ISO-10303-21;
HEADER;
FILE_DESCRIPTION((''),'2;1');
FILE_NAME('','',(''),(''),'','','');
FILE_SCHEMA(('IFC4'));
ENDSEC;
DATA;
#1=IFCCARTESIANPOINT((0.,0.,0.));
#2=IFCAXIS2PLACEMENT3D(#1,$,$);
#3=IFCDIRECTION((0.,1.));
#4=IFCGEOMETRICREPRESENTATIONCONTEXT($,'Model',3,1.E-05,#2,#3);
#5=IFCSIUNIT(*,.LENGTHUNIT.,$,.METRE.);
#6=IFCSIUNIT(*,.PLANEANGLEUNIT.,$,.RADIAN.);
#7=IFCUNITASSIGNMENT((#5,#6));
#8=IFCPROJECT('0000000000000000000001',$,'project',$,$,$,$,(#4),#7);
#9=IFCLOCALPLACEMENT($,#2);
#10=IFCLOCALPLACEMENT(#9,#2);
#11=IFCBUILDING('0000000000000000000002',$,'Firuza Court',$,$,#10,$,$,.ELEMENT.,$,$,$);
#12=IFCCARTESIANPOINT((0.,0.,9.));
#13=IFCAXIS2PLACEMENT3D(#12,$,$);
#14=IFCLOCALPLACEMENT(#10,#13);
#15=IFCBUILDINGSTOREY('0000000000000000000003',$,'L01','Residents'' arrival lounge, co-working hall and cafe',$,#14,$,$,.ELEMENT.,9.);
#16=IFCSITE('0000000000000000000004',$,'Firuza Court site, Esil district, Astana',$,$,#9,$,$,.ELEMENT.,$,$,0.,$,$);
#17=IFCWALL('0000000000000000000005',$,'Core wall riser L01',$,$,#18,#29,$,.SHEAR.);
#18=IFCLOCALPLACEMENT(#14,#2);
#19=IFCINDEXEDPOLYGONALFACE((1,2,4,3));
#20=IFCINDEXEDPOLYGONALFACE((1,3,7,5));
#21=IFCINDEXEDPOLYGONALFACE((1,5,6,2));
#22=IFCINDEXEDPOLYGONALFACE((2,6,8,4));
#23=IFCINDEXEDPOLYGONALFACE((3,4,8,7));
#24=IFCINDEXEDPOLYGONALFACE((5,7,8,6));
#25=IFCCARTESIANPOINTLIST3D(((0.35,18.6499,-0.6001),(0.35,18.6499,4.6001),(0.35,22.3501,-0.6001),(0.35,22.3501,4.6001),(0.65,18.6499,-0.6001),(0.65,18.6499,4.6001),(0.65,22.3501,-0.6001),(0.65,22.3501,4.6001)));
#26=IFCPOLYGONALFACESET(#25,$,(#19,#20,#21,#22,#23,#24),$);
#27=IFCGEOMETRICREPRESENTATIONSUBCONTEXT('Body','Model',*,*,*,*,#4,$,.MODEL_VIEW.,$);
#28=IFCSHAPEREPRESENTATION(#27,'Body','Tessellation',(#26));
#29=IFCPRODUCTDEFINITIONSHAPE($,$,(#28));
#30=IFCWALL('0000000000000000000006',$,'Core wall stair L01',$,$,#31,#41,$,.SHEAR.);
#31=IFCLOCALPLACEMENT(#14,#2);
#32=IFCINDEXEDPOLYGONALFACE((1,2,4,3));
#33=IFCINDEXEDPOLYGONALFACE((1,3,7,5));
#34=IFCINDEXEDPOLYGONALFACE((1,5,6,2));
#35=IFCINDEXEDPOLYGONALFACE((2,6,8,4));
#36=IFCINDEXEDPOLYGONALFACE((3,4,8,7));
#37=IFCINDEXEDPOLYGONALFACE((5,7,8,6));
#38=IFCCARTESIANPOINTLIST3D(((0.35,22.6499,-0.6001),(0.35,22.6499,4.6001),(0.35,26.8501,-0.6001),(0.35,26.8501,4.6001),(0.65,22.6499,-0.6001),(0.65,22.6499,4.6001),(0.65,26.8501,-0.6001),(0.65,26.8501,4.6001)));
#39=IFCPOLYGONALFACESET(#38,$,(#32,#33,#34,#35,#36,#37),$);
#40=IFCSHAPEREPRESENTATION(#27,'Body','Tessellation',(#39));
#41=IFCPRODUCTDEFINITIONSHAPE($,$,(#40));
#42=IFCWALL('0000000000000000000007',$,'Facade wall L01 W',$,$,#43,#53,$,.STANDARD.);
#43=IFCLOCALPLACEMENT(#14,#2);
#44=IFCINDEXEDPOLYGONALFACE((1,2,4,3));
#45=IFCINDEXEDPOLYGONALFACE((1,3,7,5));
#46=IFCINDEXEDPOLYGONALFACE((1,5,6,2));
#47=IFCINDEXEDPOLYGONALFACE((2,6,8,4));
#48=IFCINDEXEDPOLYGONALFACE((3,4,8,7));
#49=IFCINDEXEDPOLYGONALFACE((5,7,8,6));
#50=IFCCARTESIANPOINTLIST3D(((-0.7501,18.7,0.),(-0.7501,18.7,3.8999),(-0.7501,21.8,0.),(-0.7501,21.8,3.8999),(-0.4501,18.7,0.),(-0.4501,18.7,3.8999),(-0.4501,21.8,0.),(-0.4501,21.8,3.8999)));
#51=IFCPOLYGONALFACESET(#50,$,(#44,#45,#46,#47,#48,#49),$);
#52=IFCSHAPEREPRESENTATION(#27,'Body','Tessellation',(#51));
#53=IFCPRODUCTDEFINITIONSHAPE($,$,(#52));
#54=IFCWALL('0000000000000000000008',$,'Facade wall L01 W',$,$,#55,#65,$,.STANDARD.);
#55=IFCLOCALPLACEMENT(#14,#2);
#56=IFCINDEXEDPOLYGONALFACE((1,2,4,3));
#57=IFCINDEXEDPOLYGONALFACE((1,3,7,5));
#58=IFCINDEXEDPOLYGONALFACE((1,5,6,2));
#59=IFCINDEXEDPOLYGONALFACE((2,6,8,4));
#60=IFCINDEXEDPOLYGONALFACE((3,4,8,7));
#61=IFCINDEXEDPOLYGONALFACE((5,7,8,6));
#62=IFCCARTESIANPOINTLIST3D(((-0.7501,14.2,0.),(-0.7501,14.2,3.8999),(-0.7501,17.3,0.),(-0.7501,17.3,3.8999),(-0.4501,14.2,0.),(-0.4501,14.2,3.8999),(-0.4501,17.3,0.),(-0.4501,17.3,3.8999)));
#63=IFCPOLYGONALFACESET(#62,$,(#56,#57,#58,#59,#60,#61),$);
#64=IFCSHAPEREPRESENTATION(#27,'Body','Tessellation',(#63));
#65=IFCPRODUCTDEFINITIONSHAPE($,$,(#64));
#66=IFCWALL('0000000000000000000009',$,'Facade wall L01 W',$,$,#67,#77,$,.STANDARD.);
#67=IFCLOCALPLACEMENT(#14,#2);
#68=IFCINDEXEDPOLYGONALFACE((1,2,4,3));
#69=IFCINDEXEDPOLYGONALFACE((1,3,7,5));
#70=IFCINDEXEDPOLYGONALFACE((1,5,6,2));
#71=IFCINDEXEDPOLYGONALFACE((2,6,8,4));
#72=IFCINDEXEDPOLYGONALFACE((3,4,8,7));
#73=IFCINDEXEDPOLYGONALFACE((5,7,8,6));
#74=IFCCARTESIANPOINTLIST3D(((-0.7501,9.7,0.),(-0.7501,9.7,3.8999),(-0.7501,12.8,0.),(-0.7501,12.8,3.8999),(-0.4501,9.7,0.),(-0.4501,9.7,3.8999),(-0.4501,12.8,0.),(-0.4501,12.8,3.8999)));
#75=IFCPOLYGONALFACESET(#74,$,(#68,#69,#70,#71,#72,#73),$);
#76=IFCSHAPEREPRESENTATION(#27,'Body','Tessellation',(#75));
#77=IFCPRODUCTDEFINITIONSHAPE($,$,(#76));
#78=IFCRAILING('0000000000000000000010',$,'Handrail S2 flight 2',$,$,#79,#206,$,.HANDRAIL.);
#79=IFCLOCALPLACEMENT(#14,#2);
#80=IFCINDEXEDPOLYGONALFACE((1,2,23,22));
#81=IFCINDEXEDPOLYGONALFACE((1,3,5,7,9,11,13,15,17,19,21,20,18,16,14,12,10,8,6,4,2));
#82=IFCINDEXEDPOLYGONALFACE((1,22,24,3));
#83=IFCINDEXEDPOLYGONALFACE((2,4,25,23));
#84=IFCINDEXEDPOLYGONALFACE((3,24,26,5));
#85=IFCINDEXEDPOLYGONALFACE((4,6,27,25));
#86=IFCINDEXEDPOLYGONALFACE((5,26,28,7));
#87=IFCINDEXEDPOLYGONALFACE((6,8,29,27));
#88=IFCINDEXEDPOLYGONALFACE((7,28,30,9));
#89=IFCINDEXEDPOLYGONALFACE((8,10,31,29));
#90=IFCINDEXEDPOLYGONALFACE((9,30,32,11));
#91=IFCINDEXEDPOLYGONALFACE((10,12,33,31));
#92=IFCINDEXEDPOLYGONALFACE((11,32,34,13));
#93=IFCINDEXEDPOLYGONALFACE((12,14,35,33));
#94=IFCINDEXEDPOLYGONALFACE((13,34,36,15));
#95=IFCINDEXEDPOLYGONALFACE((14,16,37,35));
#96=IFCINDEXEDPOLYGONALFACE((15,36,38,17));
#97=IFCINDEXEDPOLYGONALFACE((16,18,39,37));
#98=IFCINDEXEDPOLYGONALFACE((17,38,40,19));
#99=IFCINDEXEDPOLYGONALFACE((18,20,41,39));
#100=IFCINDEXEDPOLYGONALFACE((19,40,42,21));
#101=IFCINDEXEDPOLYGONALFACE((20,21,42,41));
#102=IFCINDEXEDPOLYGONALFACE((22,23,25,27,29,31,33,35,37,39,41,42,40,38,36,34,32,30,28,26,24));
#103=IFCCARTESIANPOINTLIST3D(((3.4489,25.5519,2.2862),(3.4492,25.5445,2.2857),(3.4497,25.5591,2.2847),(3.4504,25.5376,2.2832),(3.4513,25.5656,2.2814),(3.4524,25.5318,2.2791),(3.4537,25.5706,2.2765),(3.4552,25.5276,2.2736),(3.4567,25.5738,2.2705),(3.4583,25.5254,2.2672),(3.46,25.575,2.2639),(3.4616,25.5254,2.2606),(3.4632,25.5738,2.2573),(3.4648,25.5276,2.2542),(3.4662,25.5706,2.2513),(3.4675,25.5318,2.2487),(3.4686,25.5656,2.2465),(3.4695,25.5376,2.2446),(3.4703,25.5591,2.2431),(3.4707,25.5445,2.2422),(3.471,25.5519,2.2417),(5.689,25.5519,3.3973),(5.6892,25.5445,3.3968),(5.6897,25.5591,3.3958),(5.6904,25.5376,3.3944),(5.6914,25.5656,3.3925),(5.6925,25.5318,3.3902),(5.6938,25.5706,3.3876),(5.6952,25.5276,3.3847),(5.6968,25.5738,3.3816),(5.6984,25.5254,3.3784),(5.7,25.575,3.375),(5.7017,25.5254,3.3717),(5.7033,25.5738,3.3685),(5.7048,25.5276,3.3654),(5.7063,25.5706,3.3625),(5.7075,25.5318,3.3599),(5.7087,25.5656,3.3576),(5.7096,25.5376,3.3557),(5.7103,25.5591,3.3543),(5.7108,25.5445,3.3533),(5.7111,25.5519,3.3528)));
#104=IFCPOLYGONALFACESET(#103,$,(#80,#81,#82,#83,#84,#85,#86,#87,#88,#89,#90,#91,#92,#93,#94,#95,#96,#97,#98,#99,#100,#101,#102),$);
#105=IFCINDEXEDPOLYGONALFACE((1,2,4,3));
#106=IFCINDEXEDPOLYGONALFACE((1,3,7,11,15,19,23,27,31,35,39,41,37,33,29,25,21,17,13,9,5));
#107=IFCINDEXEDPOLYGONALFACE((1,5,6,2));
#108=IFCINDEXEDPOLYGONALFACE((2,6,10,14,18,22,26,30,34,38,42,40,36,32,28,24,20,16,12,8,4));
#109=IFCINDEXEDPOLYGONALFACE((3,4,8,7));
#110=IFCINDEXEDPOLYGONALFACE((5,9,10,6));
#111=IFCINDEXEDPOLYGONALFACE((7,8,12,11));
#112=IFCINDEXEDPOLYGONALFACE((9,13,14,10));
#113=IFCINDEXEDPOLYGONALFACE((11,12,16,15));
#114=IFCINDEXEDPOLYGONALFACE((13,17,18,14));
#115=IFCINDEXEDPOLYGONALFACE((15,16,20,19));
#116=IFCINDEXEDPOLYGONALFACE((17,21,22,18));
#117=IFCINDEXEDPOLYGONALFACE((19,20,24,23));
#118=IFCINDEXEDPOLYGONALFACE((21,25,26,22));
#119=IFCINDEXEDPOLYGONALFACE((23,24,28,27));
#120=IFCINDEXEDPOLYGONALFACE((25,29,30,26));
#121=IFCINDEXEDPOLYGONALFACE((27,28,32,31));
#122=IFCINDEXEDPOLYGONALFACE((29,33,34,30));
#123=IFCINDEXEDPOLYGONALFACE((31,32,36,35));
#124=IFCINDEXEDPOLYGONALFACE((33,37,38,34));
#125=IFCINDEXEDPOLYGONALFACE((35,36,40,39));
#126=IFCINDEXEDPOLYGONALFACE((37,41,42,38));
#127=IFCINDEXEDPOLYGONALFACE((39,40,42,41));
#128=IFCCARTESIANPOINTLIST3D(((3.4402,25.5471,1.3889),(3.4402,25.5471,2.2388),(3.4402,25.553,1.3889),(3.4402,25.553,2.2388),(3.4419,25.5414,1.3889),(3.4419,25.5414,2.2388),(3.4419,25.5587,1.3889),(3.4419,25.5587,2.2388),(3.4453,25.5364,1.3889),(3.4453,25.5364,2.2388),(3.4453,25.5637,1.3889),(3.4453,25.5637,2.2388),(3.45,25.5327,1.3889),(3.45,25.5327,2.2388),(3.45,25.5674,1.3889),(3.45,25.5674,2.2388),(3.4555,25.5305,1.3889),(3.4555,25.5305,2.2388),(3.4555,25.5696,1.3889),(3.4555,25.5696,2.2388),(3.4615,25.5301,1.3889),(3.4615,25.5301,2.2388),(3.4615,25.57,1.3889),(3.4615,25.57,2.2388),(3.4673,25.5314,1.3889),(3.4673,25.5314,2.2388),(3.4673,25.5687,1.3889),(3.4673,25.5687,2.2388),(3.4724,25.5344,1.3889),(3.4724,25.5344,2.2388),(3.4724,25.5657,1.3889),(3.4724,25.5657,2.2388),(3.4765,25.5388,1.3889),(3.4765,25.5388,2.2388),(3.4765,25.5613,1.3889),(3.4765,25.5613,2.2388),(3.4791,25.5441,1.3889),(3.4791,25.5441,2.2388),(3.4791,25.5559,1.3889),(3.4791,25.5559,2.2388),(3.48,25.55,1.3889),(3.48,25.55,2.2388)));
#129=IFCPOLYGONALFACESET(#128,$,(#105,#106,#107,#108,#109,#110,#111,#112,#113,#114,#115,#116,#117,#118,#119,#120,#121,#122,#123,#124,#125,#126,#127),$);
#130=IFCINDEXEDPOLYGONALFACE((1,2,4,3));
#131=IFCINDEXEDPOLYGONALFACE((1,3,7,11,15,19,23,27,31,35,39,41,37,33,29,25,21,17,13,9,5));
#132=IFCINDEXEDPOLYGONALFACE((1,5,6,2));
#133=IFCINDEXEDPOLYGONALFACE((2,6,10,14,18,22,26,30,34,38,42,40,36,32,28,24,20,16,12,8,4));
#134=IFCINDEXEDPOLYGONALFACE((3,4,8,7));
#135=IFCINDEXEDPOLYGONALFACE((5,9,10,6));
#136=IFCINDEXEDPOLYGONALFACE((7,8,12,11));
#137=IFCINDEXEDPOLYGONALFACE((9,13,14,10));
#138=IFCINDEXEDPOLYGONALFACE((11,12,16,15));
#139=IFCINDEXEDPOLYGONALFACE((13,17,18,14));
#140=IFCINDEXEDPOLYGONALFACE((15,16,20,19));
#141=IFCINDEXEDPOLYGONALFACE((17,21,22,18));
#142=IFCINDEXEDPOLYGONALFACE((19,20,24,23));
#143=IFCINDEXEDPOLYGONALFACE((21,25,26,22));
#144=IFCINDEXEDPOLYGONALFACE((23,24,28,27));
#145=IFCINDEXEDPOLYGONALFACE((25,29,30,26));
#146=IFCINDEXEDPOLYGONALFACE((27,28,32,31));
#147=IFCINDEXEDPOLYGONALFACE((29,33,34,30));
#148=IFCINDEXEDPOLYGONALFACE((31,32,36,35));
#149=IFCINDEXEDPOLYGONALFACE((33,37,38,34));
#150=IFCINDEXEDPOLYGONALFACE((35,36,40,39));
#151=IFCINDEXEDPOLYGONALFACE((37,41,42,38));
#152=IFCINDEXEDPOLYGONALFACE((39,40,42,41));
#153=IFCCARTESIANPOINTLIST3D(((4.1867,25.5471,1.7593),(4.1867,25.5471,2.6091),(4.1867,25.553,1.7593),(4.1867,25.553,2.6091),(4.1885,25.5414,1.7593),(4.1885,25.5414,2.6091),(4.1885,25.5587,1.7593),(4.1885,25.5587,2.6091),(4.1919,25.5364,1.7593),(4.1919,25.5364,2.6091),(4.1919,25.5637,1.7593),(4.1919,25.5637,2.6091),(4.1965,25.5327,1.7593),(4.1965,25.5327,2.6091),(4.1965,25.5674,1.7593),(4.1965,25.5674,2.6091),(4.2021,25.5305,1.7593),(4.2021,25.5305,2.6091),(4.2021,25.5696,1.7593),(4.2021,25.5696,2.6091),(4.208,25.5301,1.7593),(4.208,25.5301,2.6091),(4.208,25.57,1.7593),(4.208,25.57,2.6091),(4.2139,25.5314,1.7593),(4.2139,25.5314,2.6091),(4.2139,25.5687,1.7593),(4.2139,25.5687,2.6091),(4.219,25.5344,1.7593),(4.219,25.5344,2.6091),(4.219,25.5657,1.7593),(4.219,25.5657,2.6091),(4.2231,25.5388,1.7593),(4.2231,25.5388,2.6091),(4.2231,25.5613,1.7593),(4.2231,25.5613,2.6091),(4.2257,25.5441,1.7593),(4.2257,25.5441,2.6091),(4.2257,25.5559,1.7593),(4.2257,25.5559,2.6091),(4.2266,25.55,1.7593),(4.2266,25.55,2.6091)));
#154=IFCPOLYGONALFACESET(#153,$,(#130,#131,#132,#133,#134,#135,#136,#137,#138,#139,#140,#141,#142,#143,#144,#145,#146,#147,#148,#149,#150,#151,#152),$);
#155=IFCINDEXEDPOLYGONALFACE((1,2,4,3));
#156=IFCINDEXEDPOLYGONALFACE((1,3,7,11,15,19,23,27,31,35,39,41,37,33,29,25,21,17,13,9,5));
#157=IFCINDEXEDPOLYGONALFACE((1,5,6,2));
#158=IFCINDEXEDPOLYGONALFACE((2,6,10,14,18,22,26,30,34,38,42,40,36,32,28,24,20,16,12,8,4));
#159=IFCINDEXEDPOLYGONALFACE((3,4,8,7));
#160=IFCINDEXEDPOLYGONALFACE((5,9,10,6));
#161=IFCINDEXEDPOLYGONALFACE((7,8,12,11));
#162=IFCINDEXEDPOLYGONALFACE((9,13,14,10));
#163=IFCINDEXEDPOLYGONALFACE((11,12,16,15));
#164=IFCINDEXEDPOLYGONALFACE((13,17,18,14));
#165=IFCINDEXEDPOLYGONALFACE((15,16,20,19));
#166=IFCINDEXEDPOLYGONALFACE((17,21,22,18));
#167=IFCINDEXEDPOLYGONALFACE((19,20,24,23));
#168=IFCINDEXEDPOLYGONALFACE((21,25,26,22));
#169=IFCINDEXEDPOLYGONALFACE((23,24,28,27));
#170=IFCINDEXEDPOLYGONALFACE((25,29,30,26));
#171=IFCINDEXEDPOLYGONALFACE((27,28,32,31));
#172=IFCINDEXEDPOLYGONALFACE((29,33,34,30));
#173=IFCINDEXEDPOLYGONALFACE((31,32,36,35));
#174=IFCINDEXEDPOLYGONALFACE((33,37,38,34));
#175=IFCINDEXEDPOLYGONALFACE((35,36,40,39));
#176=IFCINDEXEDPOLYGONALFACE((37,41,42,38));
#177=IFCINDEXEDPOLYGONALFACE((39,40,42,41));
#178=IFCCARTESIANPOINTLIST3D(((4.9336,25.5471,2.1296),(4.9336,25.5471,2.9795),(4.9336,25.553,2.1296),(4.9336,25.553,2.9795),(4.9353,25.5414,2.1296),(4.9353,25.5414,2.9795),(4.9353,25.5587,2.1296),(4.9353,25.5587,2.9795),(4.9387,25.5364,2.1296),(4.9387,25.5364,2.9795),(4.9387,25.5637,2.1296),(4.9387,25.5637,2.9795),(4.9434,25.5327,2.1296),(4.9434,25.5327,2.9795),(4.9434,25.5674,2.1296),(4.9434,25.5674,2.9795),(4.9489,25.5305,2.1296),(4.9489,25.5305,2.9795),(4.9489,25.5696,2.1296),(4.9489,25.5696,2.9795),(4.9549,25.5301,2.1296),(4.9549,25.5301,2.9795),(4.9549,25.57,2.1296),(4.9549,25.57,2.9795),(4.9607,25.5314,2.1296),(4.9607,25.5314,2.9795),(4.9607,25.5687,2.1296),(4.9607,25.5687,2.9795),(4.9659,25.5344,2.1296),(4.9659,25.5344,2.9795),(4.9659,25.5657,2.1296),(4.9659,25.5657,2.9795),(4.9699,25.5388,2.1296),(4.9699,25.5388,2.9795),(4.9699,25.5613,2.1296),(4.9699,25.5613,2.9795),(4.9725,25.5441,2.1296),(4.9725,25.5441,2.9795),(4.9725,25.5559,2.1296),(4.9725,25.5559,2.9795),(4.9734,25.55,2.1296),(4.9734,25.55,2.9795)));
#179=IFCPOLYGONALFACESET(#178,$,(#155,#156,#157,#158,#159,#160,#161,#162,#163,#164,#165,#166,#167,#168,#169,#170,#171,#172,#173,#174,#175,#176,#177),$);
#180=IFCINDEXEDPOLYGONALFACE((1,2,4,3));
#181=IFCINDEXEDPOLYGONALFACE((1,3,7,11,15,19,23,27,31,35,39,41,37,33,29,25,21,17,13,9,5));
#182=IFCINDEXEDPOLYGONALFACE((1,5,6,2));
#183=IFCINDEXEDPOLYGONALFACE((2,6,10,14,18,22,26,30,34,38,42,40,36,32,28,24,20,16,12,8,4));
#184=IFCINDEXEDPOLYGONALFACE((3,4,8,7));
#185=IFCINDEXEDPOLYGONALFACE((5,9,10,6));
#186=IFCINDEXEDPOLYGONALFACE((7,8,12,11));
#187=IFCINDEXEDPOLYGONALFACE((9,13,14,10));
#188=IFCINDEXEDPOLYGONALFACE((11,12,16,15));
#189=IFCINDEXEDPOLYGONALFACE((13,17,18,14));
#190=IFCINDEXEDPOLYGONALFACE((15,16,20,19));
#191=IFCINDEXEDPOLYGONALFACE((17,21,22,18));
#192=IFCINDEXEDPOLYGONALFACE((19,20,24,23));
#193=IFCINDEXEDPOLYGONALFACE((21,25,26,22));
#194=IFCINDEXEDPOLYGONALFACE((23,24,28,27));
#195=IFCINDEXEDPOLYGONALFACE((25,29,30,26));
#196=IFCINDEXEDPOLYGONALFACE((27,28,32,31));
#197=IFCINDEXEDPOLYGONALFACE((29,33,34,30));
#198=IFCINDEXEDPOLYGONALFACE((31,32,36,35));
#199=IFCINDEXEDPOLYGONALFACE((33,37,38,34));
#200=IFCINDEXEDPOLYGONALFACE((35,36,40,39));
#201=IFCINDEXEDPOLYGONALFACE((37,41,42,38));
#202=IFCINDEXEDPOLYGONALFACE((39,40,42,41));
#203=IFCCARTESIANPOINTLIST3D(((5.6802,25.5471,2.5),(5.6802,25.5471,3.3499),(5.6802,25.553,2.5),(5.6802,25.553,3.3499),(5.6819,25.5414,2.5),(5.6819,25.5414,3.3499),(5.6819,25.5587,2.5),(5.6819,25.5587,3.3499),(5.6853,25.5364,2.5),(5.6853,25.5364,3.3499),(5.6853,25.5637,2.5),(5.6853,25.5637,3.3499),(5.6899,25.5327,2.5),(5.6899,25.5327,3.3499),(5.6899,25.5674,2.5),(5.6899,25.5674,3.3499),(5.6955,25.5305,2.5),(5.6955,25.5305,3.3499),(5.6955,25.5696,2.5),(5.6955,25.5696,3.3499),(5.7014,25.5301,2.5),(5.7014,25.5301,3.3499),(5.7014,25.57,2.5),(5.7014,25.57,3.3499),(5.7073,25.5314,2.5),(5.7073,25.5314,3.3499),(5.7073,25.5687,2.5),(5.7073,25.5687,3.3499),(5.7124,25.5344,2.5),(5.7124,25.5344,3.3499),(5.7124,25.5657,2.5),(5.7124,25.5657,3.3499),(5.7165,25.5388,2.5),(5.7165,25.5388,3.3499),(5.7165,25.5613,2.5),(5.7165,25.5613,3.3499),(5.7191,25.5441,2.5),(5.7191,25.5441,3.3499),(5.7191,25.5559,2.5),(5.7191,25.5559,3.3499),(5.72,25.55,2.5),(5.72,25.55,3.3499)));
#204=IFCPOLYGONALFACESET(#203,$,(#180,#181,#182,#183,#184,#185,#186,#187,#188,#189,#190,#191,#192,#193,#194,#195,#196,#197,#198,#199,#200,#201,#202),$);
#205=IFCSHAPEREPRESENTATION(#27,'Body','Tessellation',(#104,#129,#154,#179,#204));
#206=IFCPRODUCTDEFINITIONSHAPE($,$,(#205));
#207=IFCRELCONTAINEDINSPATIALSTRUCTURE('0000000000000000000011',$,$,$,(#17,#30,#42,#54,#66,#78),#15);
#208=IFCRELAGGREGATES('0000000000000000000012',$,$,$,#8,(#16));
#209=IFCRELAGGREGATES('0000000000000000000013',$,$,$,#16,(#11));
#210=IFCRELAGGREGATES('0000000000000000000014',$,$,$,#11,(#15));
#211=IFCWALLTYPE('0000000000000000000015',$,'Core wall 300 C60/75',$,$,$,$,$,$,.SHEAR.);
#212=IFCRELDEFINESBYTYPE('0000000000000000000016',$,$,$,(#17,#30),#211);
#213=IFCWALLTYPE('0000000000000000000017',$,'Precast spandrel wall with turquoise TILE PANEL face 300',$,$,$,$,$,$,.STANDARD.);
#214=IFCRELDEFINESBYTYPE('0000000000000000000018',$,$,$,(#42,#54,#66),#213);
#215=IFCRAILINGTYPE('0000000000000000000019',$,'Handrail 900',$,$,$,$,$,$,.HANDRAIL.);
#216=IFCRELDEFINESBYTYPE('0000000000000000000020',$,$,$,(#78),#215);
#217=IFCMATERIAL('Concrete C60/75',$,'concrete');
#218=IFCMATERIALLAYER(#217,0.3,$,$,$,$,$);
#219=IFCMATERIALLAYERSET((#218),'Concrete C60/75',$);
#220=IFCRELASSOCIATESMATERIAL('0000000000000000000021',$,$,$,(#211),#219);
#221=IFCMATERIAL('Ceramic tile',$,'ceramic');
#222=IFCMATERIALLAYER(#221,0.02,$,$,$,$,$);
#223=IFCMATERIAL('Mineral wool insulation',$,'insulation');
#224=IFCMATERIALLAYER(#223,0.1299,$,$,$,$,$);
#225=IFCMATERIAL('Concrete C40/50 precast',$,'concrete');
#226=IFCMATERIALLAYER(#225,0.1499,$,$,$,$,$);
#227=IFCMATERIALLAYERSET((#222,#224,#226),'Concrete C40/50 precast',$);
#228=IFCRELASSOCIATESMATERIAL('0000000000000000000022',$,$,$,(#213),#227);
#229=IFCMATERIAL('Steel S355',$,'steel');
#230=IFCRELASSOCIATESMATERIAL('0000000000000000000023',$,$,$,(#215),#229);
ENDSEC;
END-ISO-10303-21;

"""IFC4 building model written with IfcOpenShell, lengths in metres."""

from ifc_helpers import new_model, si_unit, direction, frame, frame_2d, origin, origin_2d, place, context, subcontext, project, spatial, rectangle, circle, extrude, material, layer, layer_set, type_object, element, save


model = new_model("IFC4")

# Units and contexts
model_context = context("Model", 3, precision=1e-05, world=origin(), true_north=direction((0.0, 1.0)))
body_context = subcontext(model_context, "Body", "Model", "MODEL_VIEW")
ifc_project = project(units=[si_unit("LENGTHUNIT", "METRE"), si_unit("PLANEANGLEUNIT", "RADIAN")], contexts=[model_context])

# Site, building, storey
site_placement = place(None, origin())
site = spatial("IfcSite", under=ifc_project, at=site_placement, Name="Firuza Court site, Esil district, Astana", CompositionType="ELEMENT", RefElevation=0.0)
building_placement = place(site_placement, origin())
building = spatial("IfcBuilding", under=site, at=building_placement, Name="Firuza Court", CompositionType="ELEMENT")
storey_placement = place(building_placement, frame((0.0, 0.0, 9.0)))
storey = spatial("IfcBuildingStorey", under=building, at=storey_placement, Name="L01", Description="Residents' arrival lounge, co-working hall and cafe", CompositionType="ELEMENT", Elevation=9.0)

# Walls
ifc_material_1 = material(Name="Concrete C60/75", Category="concrete")
ifc_layer_1 = layer(ifc_material_1, 0.3)
ifc_layer_set_1 = layer_set([ifc_layer_1], Name="Concrete C60/75")
wall_type_1 = type_object("IfcWallType", Name="Core wall 300 C60/75", PredefinedType="SHEAR", material=ifc_layer_set_1)
for number, where, z_axis, x_axis, name in (
    (1, (0.5, 18.6499, -0.6001), (0.0, 0.0, 1.0), (0.0, 1.0, 0.0), "Core wall riser L01"),
):
    element("IfcWall", number, at=place(storey_placement, frame(where, z_axis=z_axis, x_axis=x_axis)), inside=storey, type_object=wall_type_1, Name=name, PredefinedType="SHEAR", context=body_context, shape_type="SweptSolid", body=[
        extrude(rectangle(XDim=3.7002, YDim=0.3, at=frame_2d((1.8501, 0.0))), origin(), (0.0, 0.0, 1.0), 5.2002),
    ])
wall_1_placement = place(storey_placement, frame((0.5, 22.6499, -0.6001), z_axis=(0.0, 0.0, 1.0), x_axis=(0.0, 1.0, 0.0)))
element("IfcWall", 2, at=wall_1_placement, inside=storey, type_object=wall_type_1, Name="Core wall stair L01", PredefinedType="SHEAR", context=body_context, shape_type="SweptSolid", body=[
    extrude(rectangle(XDim=4.2002, YDim=0.3, at=frame_2d((2.1001, 0.0))), origin(), (0.0, 0.0, 1.0), 5.2002),
])
ifc_material_2 = material(Name="Ceramic tile", Category="ceramic")
ifc_layer_2 = layer(ifc_material_2, 0.02)
ifc_material_3 = material(Name="Mineral wool insulation", Category="insulation")
ifc_layer_3 = layer(ifc_material_3, 0.1299)
ifc_material_4 = material(Name="Concrete C40/50 precast", Category="concrete")
ifc_layer_4 = layer(ifc_material_4, 0.1499)
ifc_layer_set_2 = layer_set([ifc_layer_2, ifc_layer_3, ifc_layer_4], Name="Concrete C40/50 precast")
wall_type_2 = type_object("IfcWallType", Name="Precast spandrel wall with turquoise TILE PANEL face 300", PredefinedType="STANDARD", material=ifc_layer_set_2)
for number, where, z_axis, x_axis, name in (
    (3, (-0.6001, 21.8, 0.0), (0.0, 0.0, 1.0), (0.0, -1.0, 0.0), "Facade wall L01 W"),
    (4, (-0.6001, 17.3, 0.0), (0.0, 0.0, 1.0), (0.0, -1.0, 0.0), "Facade wall L01 W"),
    (5, (-0.6001, 12.8, 0.0), (0.0, 0.0, 1.0), (0.0, -1.0, 0.0), "Facade wall L01 W"),
):
    element("IfcWall", number, at=place(storey_placement, frame(where, z_axis=z_axis, x_axis=x_axis)), inside=storey, type_object=wall_type_2, Name=name, PredefinedType="STANDARD", context=body_context, shape_type="SweptSolid", body=[
        extrude(rectangle(XDim=3.1001, YDim=0.3, at=frame_2d((1.55, 0.0))), origin(), (0.0, 0.0, 1.0), 3.8999),
    ])

# Railing
ifc_material_5 = material(Name="Steel S355", Category="steel")
railing_type = type_object("IfcRailingType", Name="Handrail 900", PredefinedType="HANDRAIL", material=ifc_material_5)
for number, where, name in (
    (6, (3.46, 25.55, 1.3889), "Handrail S2 flight 2"),
):
    element("IfcRailing", number, at=place(storey_placement, frame(where)), inside=storey, type_object=railing_type, Name=name, PredefinedType="HANDRAIL", context=body_context, shape_type="SweptSolid", body=[
        extrude(circle(Radius=0.0249, at=origin_2d()), frame((0.0, 0.0, 0.875), z_axis=(0.895848, 0.0, 0.44436), x_axis=(0.0, 1.0, 0.0)), (0.0, 0.0, 1.0), 2.5005),
        extrude(circle(Radius=0.02, at=origin_2d()), origin(), (0.0, 0.0, 1.0), 0.8499),
        extrude(circle(Radius=0.02, at=origin_2d()), frame((0.7466, 0.0, 0.3704)), (0.0, 0.0, 1.0), 0.8499),
        extrude(circle(Radius=0.02, at=origin_2d()), frame((1.4934, 0.0, 0.7407)), (0.0, 0.0, 1.0), 0.8499),
        extrude(circle(Radius=0.02, at=origin_2d()), frame((2.24, 0.0, 1.1111)), (0.0, 0.0, 1.0), 0.8499),
    ])

save(model, "model.ifc")
